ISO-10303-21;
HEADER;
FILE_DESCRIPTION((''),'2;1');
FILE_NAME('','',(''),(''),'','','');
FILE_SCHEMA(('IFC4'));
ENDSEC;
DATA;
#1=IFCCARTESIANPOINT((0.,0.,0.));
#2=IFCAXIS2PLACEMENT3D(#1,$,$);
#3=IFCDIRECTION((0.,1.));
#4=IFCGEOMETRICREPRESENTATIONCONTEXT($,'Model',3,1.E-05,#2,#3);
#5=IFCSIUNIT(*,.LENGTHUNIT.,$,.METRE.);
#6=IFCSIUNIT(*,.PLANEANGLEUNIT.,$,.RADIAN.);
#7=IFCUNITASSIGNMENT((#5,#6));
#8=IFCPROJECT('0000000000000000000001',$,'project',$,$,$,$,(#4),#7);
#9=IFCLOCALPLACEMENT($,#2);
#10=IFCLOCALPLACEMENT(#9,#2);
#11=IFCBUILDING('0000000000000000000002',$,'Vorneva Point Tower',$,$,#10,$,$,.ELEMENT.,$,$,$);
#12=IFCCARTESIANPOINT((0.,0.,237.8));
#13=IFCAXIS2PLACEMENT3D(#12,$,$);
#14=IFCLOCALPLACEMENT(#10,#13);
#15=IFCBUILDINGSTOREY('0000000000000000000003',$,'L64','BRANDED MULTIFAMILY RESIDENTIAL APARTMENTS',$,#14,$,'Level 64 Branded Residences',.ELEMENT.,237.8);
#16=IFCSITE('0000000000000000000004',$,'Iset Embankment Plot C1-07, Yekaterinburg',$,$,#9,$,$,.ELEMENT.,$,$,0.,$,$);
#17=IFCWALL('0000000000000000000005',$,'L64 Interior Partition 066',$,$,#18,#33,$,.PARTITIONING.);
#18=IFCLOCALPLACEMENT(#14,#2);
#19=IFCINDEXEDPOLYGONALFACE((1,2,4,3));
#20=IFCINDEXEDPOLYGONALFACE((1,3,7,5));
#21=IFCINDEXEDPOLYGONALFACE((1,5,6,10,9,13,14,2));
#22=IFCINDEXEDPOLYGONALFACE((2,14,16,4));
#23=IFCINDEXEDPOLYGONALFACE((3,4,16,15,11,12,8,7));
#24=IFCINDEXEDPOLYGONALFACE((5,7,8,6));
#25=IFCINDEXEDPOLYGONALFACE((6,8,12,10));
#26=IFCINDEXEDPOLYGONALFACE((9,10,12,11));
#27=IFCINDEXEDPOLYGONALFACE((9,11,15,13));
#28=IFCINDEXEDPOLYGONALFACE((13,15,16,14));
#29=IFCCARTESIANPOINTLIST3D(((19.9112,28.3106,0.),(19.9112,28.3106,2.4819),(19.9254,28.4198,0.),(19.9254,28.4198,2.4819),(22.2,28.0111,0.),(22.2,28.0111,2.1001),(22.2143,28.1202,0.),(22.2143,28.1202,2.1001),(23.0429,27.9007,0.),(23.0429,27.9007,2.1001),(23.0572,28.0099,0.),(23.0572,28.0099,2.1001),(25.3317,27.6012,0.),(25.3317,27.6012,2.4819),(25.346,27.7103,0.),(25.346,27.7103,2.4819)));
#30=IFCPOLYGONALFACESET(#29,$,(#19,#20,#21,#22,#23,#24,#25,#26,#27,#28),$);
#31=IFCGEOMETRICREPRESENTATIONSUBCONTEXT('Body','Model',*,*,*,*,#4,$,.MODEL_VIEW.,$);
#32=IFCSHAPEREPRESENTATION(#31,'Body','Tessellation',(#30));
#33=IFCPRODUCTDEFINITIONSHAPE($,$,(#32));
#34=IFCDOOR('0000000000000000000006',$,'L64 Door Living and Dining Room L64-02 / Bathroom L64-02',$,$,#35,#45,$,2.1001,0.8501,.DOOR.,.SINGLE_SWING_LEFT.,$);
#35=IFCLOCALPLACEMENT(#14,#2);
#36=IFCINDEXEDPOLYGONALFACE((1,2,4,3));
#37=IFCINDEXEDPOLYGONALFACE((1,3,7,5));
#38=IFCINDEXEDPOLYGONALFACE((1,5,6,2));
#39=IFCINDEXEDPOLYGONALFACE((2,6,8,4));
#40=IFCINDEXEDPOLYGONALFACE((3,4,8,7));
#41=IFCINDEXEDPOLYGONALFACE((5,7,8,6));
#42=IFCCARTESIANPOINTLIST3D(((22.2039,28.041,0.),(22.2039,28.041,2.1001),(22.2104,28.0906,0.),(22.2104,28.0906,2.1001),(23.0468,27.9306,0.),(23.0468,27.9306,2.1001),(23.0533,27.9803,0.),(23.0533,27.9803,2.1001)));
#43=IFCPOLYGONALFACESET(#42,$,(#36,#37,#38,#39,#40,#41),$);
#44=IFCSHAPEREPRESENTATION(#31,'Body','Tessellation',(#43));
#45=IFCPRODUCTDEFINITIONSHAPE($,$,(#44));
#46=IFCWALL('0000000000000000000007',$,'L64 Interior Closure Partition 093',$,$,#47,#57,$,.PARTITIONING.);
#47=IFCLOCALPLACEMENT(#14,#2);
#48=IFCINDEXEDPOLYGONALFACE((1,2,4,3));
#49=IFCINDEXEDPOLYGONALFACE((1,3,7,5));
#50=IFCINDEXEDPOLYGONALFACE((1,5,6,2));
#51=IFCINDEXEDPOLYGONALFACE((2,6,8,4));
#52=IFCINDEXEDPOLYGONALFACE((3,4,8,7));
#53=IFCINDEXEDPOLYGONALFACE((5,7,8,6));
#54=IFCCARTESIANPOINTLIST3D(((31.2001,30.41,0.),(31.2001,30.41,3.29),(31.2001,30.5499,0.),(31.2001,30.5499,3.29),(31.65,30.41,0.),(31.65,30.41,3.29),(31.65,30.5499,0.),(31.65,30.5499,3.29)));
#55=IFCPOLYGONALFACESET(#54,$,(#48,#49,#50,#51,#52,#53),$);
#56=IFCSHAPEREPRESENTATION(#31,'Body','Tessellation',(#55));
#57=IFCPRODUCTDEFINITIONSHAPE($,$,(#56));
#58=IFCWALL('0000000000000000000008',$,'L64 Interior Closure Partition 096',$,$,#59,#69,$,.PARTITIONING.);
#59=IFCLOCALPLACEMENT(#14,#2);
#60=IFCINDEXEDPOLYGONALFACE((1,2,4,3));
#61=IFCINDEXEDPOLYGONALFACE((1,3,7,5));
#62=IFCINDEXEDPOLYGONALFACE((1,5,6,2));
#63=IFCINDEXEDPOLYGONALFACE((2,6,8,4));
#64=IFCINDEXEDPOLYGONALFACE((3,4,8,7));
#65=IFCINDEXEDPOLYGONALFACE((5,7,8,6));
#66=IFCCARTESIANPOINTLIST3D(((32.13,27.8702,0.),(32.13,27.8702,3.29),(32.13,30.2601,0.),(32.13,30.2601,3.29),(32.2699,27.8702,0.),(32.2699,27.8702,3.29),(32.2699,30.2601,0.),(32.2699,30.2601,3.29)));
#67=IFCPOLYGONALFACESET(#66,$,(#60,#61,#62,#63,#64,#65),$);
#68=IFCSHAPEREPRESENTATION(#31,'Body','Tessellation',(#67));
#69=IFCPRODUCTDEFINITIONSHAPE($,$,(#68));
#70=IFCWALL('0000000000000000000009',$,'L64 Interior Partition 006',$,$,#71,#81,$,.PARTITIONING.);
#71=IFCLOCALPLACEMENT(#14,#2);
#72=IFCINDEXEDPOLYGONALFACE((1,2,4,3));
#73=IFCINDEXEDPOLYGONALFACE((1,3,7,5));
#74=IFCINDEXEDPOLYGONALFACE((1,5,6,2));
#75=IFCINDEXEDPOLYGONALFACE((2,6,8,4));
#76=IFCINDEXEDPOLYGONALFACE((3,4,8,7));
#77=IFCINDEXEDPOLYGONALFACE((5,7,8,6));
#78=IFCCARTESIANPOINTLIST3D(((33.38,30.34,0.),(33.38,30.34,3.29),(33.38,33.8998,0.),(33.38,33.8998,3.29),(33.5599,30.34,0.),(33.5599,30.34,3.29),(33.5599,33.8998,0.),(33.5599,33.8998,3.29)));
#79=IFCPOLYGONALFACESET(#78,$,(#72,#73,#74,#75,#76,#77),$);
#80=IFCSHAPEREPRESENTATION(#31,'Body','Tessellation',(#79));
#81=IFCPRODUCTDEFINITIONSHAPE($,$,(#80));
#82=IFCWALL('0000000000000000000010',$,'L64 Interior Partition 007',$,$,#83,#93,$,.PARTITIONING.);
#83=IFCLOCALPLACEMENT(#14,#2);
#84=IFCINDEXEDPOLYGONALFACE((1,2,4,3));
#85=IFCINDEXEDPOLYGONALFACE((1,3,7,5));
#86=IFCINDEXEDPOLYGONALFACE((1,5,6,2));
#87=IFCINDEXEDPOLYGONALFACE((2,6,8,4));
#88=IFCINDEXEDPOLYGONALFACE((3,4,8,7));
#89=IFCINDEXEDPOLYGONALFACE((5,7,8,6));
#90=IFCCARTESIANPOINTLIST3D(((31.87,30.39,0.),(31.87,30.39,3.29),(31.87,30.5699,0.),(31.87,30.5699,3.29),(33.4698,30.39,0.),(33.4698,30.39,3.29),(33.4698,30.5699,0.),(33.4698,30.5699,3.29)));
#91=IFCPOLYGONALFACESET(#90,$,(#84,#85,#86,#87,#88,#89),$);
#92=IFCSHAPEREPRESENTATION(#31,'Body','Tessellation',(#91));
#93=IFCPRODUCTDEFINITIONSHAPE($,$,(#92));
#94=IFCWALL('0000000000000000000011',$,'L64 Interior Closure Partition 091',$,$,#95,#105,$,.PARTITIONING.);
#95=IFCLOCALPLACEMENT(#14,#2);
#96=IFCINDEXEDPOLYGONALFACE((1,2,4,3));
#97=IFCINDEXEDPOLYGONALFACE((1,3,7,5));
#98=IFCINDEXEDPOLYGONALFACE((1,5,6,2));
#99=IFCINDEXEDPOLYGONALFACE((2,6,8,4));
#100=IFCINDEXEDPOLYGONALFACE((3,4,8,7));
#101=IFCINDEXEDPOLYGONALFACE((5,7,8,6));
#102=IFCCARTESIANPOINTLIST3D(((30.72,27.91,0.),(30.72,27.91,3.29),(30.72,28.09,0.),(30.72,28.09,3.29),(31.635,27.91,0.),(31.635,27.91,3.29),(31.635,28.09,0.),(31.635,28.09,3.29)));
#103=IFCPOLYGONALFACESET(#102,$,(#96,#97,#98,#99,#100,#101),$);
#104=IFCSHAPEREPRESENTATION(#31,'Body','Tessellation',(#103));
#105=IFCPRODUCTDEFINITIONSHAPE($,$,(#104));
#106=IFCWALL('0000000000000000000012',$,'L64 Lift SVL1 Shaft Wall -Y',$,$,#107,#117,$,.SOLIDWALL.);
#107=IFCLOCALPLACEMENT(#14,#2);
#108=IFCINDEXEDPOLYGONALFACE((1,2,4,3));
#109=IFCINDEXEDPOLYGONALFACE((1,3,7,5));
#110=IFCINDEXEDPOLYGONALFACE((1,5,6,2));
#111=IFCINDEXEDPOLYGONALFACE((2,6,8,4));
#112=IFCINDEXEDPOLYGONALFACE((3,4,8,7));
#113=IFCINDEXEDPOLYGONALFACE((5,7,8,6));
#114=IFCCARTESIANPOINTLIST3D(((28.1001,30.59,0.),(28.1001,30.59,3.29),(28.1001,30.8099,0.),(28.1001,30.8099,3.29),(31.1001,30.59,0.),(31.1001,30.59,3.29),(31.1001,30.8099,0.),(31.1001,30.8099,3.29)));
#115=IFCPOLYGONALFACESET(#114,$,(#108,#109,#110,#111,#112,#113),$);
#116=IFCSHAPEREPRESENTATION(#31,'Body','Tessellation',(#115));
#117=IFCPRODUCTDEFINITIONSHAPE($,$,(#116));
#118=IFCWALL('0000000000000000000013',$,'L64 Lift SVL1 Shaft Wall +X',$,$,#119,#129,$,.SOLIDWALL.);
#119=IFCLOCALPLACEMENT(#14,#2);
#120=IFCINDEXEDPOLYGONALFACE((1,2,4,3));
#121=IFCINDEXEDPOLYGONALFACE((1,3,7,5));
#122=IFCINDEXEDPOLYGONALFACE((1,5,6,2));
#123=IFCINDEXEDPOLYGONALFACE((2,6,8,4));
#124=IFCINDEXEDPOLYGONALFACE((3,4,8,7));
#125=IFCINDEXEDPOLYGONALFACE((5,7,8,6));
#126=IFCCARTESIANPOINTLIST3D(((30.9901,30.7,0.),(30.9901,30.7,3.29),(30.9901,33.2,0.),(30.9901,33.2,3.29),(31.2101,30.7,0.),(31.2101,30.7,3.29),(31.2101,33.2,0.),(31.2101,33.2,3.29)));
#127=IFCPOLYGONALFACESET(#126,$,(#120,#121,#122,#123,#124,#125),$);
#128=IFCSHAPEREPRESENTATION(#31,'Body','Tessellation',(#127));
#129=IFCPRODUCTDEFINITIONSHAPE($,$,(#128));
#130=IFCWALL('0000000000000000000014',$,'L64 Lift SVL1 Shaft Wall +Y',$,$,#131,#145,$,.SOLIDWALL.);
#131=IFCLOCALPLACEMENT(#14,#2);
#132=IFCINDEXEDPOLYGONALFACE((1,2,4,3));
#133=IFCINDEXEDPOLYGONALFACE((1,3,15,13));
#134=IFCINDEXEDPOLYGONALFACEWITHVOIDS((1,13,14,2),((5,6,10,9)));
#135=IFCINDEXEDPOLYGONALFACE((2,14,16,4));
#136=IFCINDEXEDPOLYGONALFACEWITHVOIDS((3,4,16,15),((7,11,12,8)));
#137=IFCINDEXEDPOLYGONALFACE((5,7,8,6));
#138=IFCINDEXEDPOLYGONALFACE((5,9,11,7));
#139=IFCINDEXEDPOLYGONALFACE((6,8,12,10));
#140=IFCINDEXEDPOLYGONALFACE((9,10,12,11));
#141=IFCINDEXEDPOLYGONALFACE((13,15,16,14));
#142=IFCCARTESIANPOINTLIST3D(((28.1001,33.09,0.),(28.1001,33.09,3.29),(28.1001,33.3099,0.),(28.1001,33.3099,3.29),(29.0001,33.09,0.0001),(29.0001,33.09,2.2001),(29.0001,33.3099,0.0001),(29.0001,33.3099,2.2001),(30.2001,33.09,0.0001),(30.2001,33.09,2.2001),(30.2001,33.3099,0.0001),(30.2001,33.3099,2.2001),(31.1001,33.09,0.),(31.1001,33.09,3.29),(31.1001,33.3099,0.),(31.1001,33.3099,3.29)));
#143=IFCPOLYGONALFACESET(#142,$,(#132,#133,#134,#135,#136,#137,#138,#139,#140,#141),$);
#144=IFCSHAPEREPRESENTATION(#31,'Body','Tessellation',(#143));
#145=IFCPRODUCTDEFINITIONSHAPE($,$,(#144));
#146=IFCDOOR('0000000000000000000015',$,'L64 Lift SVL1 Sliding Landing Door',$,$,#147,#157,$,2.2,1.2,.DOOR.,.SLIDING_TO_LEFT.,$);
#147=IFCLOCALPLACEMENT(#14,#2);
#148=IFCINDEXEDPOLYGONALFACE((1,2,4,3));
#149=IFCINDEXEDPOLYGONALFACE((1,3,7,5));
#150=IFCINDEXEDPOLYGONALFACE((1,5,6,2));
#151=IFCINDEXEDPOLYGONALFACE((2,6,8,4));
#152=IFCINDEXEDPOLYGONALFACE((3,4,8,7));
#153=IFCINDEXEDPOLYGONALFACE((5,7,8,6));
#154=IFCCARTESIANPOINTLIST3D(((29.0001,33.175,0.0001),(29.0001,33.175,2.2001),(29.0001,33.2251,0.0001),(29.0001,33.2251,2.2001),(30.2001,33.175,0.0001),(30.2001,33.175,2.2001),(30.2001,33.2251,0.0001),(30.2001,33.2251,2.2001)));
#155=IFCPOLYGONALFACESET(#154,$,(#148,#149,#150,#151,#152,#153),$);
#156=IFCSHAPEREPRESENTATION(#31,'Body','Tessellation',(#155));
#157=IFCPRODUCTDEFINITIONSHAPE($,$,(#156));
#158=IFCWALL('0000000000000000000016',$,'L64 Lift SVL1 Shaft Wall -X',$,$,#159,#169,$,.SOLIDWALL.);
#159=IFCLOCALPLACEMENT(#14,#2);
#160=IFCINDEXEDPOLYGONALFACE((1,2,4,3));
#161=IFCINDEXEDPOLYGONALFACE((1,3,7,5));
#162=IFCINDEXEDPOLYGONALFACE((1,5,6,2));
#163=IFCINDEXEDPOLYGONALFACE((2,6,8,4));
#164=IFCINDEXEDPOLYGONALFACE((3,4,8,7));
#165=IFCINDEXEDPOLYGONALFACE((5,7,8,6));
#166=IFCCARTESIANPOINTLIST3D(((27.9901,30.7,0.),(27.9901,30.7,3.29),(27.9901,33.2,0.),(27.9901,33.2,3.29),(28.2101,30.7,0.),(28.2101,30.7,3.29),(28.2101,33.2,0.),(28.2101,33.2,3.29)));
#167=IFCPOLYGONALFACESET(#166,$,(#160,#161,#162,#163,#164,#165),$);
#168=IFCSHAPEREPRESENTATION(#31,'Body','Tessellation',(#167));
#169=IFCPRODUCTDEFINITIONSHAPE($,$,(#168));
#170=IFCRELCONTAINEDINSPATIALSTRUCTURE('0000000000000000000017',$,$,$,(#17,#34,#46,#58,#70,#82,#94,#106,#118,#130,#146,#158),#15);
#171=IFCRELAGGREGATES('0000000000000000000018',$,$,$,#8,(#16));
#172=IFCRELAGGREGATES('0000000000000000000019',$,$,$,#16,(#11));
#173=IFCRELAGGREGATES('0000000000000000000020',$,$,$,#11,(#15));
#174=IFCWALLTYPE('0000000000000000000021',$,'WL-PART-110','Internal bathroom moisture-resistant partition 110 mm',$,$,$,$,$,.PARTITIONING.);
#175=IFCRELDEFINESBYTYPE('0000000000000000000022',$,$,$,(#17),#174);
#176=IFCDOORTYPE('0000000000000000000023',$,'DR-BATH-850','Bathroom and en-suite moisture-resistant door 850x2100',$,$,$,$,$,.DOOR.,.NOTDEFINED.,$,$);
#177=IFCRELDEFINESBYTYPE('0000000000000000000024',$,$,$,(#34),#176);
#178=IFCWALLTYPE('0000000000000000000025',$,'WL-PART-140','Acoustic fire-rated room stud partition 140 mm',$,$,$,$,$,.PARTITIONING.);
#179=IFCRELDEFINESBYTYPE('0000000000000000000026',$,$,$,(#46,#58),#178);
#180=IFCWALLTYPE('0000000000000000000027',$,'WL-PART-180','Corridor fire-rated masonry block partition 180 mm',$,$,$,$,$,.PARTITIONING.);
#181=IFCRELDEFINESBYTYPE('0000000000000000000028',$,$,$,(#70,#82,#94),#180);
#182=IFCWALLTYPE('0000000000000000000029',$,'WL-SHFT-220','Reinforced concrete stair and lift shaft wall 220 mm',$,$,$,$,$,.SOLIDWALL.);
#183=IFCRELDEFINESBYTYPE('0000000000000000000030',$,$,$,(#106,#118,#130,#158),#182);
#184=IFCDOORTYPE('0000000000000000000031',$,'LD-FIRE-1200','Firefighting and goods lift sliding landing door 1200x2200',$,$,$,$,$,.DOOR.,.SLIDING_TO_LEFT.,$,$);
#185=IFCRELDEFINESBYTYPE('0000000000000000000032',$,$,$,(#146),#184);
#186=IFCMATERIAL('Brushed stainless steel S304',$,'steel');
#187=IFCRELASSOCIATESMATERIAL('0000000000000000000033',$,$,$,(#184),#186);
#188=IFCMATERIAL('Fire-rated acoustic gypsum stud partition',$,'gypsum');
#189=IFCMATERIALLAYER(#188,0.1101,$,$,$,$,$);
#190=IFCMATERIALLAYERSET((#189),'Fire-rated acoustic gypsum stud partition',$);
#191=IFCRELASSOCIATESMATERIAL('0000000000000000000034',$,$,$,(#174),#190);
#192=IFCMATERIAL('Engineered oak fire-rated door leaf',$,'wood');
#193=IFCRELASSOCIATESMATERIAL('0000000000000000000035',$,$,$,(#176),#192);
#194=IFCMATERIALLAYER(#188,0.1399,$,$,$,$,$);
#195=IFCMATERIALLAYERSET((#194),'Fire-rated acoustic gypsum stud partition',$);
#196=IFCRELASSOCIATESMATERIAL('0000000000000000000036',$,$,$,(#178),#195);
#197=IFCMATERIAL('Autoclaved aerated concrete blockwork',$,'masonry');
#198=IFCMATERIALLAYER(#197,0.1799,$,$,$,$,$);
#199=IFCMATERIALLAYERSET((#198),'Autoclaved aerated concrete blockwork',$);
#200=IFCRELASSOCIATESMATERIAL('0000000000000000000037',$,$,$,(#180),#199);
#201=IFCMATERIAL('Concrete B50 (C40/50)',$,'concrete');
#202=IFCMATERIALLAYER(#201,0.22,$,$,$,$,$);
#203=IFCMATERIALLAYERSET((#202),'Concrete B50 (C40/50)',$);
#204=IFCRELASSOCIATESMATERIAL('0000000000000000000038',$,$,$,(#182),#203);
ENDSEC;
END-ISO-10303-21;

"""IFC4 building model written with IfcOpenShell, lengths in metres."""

from ifc_helpers import new_model, si_unit, direction, frame, frame_2d, origin, place, context, subcontext, project, spatial, rectangle, extrude, material, layer, layer_set, type_object, element, fill, save


model = new_model("IFC4")

# Units and contexts
model_context = context("Model", 3, precision=1e-05, world=origin(), true_north=direction((0.0, 1.0)))
body_context = subcontext(model_context, "Body", "Model", "MODEL_VIEW")
ifc_project = project(units=[si_unit("LENGTHUNIT", "METRE"), si_unit("PLANEANGLEUNIT", "RADIAN")], contexts=[model_context])

# Site, building, storey
site_placement = place(None, origin())
site = spatial("IfcSite", under=ifc_project, at=site_placement, Name="Iset Embankment Plot C1-07, Yekaterinburg", CompositionType="ELEMENT", RefElevation=0.0)
building_placement = place(site_placement, origin())
building = spatial("IfcBuilding", under=site, at=building_placement, Name="Vorneva Point Tower", CompositionType="ELEMENT")
storey_placement = place(building_placement, frame((0.0, 0.0, 237.8)))
storey = spatial("IfcBuildingStorey", under=building, at=storey_placement, Name="L64", Description="BRANDED MULTIFAMILY RESIDENTIAL APARTMENTS", LongName="Level 64 Branded Residences", CompositionType="ELEMENT", Elevation=237.8)

# Shared definitions
ifc_material_1 = material(Name="Concrete B50 (C40/50)", Category="concrete")

# Shared definitions
ifc_material_2 = material(Name="Brushed stainless steel S304", Category="steel")
door_type_1 = type_object("IfcDoorType", Name="LD-FIRE-1200", Description="Firefighting and goods lift sliding landing door 1200x2200", OperationType="SLIDING_TO_LEFT", PredefinedType="DOOR", material=ifc_material_2)

# Shared definitions
ifc_material_3 = material(Name="Fire-rated acoustic gypsum stud partition", Category="gypsum")
ifc_layer_1 = layer(ifc_material_3, 0.1101)
ifc_layer_set_1 = layer_set([ifc_layer_1], Name="Fire-rated acoustic gypsum stud partition")
wall_type_1 = type_object("IfcWallType", Name="WL-PART-110", Description="Internal bathroom moisture-resistant partition 110 mm", PredefinedType="PARTITIONING", material=ifc_layer_set_1)

# Wall, opening, door
wall_1_placement = place(storey_placement, frame((25.3389, 27.6558, 0.0), z_axis=(0.0, 0.0, 1.0), x_axis=(-0.991543, 0.129776, 0.0)))
wall_1 = element("IfcWall", 1, at=wall_1_placement, inside=storey, type_object=wall_type_1, Name="L64 Interior Partition 066", PredefinedType="PARTITIONING", context=body_context, shape_type="SweptSolid", body=[
    extrude(rectangle(XDim=5.4668, YDim=0.1101, at=frame_2d((2.7334, 0.0))), origin(), (0.0, 0.0, 1.0), 2.4819),
])
opening_1_placement = place(wall_1_placement, frame((2.3083, 0.0, 0.0)))
opening_1 = element("IfcOpeningElement", 2, at=opening_1_placement, cuts=wall_1, PredefinedType="OPENING", context=body_context, shape_type="SweptSolid", body=[
    extrude(rectangle(XDim=0.8501, YDim=2.1001, at=frame_2d((0.425, 1.05))), frame((0.0, 0.0698, 0.0), z_axis=(0.0, -1.0, 0.0), x_axis=(1.0, 0.0, 0.0)), (0.0, 0.0, 1.0), 0.1399),
])
ifc_material_4 = material(Name="Engineered oak fire-rated door leaf", Category="wood")
door_type_2 = type_object("IfcDoorType", Name="DR-BATH-850", Description="Bathroom and en-suite moisture-resistant door 850x2100", OperationType="NOTDEFINED", PredefinedType="DOOR", material=ifc_material_4)
door_1_placement = place(opening_1_placement, origin())
door_1 = element("IfcDoor", 3, at=door_1_placement, inside=storey, type_object=door_type_2, Name="L64 Door Living and Dining Room L64-02 / Bathroom L64-02", OperationType="SINGLE_SWING_LEFT", OverallHeight=2.1001, OverallWidth=0.8501, PredefinedType="DOOR", context=body_context, shape_type="SweptSolid", body=[
    extrude(rectangle(XDim=0.8501, YDim=2.1001, at=frame_2d((0.425, 1.05))), frame((0.0, 0.0249, 0.0), z_axis=(0.0, -1.0, 0.0), x_axis=(1.0, 0.0, 0.0)), (0.0, 0.0, 1.0), 0.05),
])
fill(opening_1, door_1)

# Walls
ifc_layer_2 = layer(ifc_material_3, 0.1399)
ifc_layer_set_2 = layer_set([ifc_layer_2], Name="Fire-rated acoustic gypsum stud partition")
wall_type_2 = type_object("IfcWallType", Name="WL-PART-140", Description="Acoustic fire-rated room stud partition 140 mm", PredefinedType="PARTITIONING", material=ifc_layer_set_2)
wall_2_placement = place(storey_placement, frame((31.2, 30.48, 0.0), z_axis=(0.0, 0.0, 1.0), x_axis=(1.0, 0.0, 0.0)))
element("IfcWall", 4, at=wall_2_placement, inside=storey, type_object=wall_type_2, Name="L64 Interior Closure Partition 093", PredefinedType="PARTITIONING", context=body_context, shape_type="SweptSolid", body=[
    extrude(rectangle(XDim=0.45, YDim=0.1399, at=frame_2d((0.2251, 0.0))), origin(), (0.0, 0.0, 1.0), 3.29),
])
wall_3_placement = place(storey_placement, frame((32.2, 30.26, 0.0), z_axis=(0.0, 0.0, 1.0), x_axis=(0.0, -1.0, 0.0)))
element("IfcWall", 5, at=wall_3_placement, inside=storey, type_object=wall_type_2, Name="L64 Interior Closure Partition 096", PredefinedType="PARTITIONING", context=body_context, shape_type="SweptSolid", body=[
    extrude(rectangle(XDim=2.3899, YDim=0.1399, at=frame_2d((1.1948, 0.0))), origin(), (0.0, 0.0, 1.0), 3.29),
])

# Shared definitions
ifc_material_5 = material(Name="Autoclaved aerated concrete blockwork", Category="masonry")
ifc_layer_3 = layer(ifc_material_5, 0.1799)
ifc_layer_set_3 = layer_set([ifc_layer_3], Name="Autoclaved aerated concrete blockwork")
wall_type_3 = type_object("IfcWallType", Name="WL-PART-180", Description="Corridor fire-rated masonry block partition 180 mm", PredefinedType="PARTITIONING", material=ifc_layer_set_3)

# Walls
wall_4_placement = place(storey_placement, frame((33.47, 30.3401, 0.0), z_axis=(0.0, 0.0, 1.0), x_axis=(0.0, 1.0, 0.0)))
element("IfcWall", 6, at=wall_4_placement, inside=storey, type_object=wall_type_3, Name="L64 Interior Partition 006", PredefinedType="PARTITIONING", context=body_context, shape_type="SweptSolid", body=[
    extrude(rectangle(XDim=3.5598, YDim=0.1799, at=frame_2d((1.7798, 0.0))), origin(), (0.0, 0.0, 1.0), 3.29),
])
wall_5_placement = place(storey_placement, frame((31.8701, 30.48, 0.0), z_axis=(0.0, 0.0, 1.0), x_axis=(1.0, 0.0, 0.0)))
element("IfcWall", 7, at=wall_5_placement, inside=storey, type_object=wall_type_3, Name="L64 Interior Partition 007", PredefinedType="PARTITIONING", context=body_context, shape_type="SweptSolid", body=[
    extrude(rectangle(XDim=1.5999, YDim=0.1799, at=frame_2d((0.7998, 0.0))), origin(), (0.0, 0.0, 1.0), 3.29),
])
wall_6_placement = place(storey_placement, frame((31.635, 28.0, 0.0), z_axis=(0.0, 0.0, 1.0), x_axis=(-1.0, 0.0, 0.0)))
element("IfcWall", 8, at=wall_6_placement, inside=storey, type_object=wall_type_3, Name="L64 Interior Closure Partition 091", PredefinedType="PARTITIONING", context=body_context, shape_type="SweptSolid", body=[
    extrude(rectangle(XDim=0.915, YDim=0.1799, at=frame_2d((0.4575, 0.0))), origin(), (0.0, 0.0, 1.0), 3.29),
])
ifc_layer_4 = layer(ifc_material_1, 0.22)
ifc_layer_set_4 = layer_set([ifc_layer_4], Name="Concrete B50 (C40/50)")
wall_type_4 = type_object("IfcWallType", Name="WL-SHFT-220", Description="Reinforced concrete stair and lift shaft wall 220 mm", PredefinedType="SOLIDWALL", material=ifc_layer_set_4)
wall_7_placement = place(storey_placement, frame((28.1001, 30.7, 0.0), z_axis=(0.0, 0.0, 1.0), x_axis=(1.0, 0.0, 0.0)))
element("IfcWall", 9, at=wall_7_placement, inside=storey, type_object=wall_type_4, Name="L64 Lift SVL1 Shaft Wall -Y", PredefinedType="SOLIDWALL", context=body_context, shape_type="SweptSolid", body=[
    extrude(rectangle(XDim=3.0, YDim=0.22, at=frame_2d((1.5, 0.0))), origin(), (0.0, 0.0, 1.0), 3.29),
])
wall_8_placement = place(storey_placement, frame((31.1001, 30.7, 0.0), z_axis=(0.0, 0.0, 1.0), x_axis=(0.0, 1.0, 0.0)))
element("IfcWall", 10, at=wall_8_placement, inside=storey, type_object=wall_type_4, Name="L64 Lift SVL1 Shaft Wall +X", PredefinedType="SOLIDWALL", context=body_context, shape_type="SweptSolid", body=[
    extrude(rectangle(XDim=2.5, YDim=0.22, at=frame_2d((1.25, 0.0))), origin(), (0.0, 0.0, 1.0), 3.29),
])

# Wall, opening, door
wall_9_placement = place(storey_placement, frame((31.1001, 33.2, 0.0), z_axis=(0.0, 0.0, 1.0), x_axis=(-1.0, 0.0, 0.0)))
wall_9 = element("IfcWall", 11, at=wall_9_placement, inside=storey, type_object=wall_type_4, Name="L64 Lift SVL1 Shaft Wall +Y", PredefinedType="SOLIDWALL", context=body_context, shape_type="SweptSolid", body=[
    extrude(rectangle(XDim=3.0, YDim=0.22, at=frame_2d((1.5, 0.0))), origin(), (0.0, 0.0, 1.0), 3.29),
])
opening_2_placement = place(wall_9_placement, frame((0.8999, 0.0, 0.0)))
opening_2 = element("IfcOpeningElement", 12, at=opening_2_placement, cuts=wall_9, PredefinedType="OPENING", context=body_context, shape_type="SweptSolid", body=[
    extrude(rectangle(XDim=1.2, YDim=2.2, at=frame_2d((0.6001, 1.1001))), frame((0.0, 0.125, 0.0), z_axis=(0.0, -1.0, 0.0), x_axis=(1.0, 0.0, 0.0)), (0.0, 0.0, 1.0), 0.2498),
])
door_2_placement = place(opening_2_placement, origin())
door_2 = element("IfcDoor", 13, at=door_2_placement, inside=storey, type_object=door_type_1, Name="L64 Lift SVL1 Sliding Landing Door", OperationType="SLIDING_TO_LEFT", OverallHeight=2.2, OverallWidth=1.2, PredefinedType="DOOR", context=body_context, shape_type="SweptSolid", body=[
    extrude(rectangle(XDim=1.2, YDim=2.2, at=frame_2d((0.6001, 1.1001))), frame((0.0, 0.0249, 0.0), z_axis=(0.0, -1.0, 0.0), x_axis=(1.0, 0.0, 0.0)), (0.0, 0.0, 1.0), 0.05),
])
fill(opening_2, door_2)

# Wall
wall_10_placement = place(storey_placement, frame((28.1001, 33.2, 0.0), z_axis=(0.0, 0.0, 1.0), x_axis=(0.0, -1.0, 0.0)))
element("IfcWall", 14, at=wall_10_placement, inside=storey, type_object=wall_type_4, Name="L64 Lift SVL1 Shaft Wall -X", PredefinedType="SOLIDWALL", context=body_context, shape_type="SweptSolid", body=[
    extrude(rectangle(XDim=2.5, YDim=0.22, at=frame_2d((1.25, 0.0))), origin(), (0.0, 0.0, 1.0), 3.29),
])

save(model, "model.ifc")
